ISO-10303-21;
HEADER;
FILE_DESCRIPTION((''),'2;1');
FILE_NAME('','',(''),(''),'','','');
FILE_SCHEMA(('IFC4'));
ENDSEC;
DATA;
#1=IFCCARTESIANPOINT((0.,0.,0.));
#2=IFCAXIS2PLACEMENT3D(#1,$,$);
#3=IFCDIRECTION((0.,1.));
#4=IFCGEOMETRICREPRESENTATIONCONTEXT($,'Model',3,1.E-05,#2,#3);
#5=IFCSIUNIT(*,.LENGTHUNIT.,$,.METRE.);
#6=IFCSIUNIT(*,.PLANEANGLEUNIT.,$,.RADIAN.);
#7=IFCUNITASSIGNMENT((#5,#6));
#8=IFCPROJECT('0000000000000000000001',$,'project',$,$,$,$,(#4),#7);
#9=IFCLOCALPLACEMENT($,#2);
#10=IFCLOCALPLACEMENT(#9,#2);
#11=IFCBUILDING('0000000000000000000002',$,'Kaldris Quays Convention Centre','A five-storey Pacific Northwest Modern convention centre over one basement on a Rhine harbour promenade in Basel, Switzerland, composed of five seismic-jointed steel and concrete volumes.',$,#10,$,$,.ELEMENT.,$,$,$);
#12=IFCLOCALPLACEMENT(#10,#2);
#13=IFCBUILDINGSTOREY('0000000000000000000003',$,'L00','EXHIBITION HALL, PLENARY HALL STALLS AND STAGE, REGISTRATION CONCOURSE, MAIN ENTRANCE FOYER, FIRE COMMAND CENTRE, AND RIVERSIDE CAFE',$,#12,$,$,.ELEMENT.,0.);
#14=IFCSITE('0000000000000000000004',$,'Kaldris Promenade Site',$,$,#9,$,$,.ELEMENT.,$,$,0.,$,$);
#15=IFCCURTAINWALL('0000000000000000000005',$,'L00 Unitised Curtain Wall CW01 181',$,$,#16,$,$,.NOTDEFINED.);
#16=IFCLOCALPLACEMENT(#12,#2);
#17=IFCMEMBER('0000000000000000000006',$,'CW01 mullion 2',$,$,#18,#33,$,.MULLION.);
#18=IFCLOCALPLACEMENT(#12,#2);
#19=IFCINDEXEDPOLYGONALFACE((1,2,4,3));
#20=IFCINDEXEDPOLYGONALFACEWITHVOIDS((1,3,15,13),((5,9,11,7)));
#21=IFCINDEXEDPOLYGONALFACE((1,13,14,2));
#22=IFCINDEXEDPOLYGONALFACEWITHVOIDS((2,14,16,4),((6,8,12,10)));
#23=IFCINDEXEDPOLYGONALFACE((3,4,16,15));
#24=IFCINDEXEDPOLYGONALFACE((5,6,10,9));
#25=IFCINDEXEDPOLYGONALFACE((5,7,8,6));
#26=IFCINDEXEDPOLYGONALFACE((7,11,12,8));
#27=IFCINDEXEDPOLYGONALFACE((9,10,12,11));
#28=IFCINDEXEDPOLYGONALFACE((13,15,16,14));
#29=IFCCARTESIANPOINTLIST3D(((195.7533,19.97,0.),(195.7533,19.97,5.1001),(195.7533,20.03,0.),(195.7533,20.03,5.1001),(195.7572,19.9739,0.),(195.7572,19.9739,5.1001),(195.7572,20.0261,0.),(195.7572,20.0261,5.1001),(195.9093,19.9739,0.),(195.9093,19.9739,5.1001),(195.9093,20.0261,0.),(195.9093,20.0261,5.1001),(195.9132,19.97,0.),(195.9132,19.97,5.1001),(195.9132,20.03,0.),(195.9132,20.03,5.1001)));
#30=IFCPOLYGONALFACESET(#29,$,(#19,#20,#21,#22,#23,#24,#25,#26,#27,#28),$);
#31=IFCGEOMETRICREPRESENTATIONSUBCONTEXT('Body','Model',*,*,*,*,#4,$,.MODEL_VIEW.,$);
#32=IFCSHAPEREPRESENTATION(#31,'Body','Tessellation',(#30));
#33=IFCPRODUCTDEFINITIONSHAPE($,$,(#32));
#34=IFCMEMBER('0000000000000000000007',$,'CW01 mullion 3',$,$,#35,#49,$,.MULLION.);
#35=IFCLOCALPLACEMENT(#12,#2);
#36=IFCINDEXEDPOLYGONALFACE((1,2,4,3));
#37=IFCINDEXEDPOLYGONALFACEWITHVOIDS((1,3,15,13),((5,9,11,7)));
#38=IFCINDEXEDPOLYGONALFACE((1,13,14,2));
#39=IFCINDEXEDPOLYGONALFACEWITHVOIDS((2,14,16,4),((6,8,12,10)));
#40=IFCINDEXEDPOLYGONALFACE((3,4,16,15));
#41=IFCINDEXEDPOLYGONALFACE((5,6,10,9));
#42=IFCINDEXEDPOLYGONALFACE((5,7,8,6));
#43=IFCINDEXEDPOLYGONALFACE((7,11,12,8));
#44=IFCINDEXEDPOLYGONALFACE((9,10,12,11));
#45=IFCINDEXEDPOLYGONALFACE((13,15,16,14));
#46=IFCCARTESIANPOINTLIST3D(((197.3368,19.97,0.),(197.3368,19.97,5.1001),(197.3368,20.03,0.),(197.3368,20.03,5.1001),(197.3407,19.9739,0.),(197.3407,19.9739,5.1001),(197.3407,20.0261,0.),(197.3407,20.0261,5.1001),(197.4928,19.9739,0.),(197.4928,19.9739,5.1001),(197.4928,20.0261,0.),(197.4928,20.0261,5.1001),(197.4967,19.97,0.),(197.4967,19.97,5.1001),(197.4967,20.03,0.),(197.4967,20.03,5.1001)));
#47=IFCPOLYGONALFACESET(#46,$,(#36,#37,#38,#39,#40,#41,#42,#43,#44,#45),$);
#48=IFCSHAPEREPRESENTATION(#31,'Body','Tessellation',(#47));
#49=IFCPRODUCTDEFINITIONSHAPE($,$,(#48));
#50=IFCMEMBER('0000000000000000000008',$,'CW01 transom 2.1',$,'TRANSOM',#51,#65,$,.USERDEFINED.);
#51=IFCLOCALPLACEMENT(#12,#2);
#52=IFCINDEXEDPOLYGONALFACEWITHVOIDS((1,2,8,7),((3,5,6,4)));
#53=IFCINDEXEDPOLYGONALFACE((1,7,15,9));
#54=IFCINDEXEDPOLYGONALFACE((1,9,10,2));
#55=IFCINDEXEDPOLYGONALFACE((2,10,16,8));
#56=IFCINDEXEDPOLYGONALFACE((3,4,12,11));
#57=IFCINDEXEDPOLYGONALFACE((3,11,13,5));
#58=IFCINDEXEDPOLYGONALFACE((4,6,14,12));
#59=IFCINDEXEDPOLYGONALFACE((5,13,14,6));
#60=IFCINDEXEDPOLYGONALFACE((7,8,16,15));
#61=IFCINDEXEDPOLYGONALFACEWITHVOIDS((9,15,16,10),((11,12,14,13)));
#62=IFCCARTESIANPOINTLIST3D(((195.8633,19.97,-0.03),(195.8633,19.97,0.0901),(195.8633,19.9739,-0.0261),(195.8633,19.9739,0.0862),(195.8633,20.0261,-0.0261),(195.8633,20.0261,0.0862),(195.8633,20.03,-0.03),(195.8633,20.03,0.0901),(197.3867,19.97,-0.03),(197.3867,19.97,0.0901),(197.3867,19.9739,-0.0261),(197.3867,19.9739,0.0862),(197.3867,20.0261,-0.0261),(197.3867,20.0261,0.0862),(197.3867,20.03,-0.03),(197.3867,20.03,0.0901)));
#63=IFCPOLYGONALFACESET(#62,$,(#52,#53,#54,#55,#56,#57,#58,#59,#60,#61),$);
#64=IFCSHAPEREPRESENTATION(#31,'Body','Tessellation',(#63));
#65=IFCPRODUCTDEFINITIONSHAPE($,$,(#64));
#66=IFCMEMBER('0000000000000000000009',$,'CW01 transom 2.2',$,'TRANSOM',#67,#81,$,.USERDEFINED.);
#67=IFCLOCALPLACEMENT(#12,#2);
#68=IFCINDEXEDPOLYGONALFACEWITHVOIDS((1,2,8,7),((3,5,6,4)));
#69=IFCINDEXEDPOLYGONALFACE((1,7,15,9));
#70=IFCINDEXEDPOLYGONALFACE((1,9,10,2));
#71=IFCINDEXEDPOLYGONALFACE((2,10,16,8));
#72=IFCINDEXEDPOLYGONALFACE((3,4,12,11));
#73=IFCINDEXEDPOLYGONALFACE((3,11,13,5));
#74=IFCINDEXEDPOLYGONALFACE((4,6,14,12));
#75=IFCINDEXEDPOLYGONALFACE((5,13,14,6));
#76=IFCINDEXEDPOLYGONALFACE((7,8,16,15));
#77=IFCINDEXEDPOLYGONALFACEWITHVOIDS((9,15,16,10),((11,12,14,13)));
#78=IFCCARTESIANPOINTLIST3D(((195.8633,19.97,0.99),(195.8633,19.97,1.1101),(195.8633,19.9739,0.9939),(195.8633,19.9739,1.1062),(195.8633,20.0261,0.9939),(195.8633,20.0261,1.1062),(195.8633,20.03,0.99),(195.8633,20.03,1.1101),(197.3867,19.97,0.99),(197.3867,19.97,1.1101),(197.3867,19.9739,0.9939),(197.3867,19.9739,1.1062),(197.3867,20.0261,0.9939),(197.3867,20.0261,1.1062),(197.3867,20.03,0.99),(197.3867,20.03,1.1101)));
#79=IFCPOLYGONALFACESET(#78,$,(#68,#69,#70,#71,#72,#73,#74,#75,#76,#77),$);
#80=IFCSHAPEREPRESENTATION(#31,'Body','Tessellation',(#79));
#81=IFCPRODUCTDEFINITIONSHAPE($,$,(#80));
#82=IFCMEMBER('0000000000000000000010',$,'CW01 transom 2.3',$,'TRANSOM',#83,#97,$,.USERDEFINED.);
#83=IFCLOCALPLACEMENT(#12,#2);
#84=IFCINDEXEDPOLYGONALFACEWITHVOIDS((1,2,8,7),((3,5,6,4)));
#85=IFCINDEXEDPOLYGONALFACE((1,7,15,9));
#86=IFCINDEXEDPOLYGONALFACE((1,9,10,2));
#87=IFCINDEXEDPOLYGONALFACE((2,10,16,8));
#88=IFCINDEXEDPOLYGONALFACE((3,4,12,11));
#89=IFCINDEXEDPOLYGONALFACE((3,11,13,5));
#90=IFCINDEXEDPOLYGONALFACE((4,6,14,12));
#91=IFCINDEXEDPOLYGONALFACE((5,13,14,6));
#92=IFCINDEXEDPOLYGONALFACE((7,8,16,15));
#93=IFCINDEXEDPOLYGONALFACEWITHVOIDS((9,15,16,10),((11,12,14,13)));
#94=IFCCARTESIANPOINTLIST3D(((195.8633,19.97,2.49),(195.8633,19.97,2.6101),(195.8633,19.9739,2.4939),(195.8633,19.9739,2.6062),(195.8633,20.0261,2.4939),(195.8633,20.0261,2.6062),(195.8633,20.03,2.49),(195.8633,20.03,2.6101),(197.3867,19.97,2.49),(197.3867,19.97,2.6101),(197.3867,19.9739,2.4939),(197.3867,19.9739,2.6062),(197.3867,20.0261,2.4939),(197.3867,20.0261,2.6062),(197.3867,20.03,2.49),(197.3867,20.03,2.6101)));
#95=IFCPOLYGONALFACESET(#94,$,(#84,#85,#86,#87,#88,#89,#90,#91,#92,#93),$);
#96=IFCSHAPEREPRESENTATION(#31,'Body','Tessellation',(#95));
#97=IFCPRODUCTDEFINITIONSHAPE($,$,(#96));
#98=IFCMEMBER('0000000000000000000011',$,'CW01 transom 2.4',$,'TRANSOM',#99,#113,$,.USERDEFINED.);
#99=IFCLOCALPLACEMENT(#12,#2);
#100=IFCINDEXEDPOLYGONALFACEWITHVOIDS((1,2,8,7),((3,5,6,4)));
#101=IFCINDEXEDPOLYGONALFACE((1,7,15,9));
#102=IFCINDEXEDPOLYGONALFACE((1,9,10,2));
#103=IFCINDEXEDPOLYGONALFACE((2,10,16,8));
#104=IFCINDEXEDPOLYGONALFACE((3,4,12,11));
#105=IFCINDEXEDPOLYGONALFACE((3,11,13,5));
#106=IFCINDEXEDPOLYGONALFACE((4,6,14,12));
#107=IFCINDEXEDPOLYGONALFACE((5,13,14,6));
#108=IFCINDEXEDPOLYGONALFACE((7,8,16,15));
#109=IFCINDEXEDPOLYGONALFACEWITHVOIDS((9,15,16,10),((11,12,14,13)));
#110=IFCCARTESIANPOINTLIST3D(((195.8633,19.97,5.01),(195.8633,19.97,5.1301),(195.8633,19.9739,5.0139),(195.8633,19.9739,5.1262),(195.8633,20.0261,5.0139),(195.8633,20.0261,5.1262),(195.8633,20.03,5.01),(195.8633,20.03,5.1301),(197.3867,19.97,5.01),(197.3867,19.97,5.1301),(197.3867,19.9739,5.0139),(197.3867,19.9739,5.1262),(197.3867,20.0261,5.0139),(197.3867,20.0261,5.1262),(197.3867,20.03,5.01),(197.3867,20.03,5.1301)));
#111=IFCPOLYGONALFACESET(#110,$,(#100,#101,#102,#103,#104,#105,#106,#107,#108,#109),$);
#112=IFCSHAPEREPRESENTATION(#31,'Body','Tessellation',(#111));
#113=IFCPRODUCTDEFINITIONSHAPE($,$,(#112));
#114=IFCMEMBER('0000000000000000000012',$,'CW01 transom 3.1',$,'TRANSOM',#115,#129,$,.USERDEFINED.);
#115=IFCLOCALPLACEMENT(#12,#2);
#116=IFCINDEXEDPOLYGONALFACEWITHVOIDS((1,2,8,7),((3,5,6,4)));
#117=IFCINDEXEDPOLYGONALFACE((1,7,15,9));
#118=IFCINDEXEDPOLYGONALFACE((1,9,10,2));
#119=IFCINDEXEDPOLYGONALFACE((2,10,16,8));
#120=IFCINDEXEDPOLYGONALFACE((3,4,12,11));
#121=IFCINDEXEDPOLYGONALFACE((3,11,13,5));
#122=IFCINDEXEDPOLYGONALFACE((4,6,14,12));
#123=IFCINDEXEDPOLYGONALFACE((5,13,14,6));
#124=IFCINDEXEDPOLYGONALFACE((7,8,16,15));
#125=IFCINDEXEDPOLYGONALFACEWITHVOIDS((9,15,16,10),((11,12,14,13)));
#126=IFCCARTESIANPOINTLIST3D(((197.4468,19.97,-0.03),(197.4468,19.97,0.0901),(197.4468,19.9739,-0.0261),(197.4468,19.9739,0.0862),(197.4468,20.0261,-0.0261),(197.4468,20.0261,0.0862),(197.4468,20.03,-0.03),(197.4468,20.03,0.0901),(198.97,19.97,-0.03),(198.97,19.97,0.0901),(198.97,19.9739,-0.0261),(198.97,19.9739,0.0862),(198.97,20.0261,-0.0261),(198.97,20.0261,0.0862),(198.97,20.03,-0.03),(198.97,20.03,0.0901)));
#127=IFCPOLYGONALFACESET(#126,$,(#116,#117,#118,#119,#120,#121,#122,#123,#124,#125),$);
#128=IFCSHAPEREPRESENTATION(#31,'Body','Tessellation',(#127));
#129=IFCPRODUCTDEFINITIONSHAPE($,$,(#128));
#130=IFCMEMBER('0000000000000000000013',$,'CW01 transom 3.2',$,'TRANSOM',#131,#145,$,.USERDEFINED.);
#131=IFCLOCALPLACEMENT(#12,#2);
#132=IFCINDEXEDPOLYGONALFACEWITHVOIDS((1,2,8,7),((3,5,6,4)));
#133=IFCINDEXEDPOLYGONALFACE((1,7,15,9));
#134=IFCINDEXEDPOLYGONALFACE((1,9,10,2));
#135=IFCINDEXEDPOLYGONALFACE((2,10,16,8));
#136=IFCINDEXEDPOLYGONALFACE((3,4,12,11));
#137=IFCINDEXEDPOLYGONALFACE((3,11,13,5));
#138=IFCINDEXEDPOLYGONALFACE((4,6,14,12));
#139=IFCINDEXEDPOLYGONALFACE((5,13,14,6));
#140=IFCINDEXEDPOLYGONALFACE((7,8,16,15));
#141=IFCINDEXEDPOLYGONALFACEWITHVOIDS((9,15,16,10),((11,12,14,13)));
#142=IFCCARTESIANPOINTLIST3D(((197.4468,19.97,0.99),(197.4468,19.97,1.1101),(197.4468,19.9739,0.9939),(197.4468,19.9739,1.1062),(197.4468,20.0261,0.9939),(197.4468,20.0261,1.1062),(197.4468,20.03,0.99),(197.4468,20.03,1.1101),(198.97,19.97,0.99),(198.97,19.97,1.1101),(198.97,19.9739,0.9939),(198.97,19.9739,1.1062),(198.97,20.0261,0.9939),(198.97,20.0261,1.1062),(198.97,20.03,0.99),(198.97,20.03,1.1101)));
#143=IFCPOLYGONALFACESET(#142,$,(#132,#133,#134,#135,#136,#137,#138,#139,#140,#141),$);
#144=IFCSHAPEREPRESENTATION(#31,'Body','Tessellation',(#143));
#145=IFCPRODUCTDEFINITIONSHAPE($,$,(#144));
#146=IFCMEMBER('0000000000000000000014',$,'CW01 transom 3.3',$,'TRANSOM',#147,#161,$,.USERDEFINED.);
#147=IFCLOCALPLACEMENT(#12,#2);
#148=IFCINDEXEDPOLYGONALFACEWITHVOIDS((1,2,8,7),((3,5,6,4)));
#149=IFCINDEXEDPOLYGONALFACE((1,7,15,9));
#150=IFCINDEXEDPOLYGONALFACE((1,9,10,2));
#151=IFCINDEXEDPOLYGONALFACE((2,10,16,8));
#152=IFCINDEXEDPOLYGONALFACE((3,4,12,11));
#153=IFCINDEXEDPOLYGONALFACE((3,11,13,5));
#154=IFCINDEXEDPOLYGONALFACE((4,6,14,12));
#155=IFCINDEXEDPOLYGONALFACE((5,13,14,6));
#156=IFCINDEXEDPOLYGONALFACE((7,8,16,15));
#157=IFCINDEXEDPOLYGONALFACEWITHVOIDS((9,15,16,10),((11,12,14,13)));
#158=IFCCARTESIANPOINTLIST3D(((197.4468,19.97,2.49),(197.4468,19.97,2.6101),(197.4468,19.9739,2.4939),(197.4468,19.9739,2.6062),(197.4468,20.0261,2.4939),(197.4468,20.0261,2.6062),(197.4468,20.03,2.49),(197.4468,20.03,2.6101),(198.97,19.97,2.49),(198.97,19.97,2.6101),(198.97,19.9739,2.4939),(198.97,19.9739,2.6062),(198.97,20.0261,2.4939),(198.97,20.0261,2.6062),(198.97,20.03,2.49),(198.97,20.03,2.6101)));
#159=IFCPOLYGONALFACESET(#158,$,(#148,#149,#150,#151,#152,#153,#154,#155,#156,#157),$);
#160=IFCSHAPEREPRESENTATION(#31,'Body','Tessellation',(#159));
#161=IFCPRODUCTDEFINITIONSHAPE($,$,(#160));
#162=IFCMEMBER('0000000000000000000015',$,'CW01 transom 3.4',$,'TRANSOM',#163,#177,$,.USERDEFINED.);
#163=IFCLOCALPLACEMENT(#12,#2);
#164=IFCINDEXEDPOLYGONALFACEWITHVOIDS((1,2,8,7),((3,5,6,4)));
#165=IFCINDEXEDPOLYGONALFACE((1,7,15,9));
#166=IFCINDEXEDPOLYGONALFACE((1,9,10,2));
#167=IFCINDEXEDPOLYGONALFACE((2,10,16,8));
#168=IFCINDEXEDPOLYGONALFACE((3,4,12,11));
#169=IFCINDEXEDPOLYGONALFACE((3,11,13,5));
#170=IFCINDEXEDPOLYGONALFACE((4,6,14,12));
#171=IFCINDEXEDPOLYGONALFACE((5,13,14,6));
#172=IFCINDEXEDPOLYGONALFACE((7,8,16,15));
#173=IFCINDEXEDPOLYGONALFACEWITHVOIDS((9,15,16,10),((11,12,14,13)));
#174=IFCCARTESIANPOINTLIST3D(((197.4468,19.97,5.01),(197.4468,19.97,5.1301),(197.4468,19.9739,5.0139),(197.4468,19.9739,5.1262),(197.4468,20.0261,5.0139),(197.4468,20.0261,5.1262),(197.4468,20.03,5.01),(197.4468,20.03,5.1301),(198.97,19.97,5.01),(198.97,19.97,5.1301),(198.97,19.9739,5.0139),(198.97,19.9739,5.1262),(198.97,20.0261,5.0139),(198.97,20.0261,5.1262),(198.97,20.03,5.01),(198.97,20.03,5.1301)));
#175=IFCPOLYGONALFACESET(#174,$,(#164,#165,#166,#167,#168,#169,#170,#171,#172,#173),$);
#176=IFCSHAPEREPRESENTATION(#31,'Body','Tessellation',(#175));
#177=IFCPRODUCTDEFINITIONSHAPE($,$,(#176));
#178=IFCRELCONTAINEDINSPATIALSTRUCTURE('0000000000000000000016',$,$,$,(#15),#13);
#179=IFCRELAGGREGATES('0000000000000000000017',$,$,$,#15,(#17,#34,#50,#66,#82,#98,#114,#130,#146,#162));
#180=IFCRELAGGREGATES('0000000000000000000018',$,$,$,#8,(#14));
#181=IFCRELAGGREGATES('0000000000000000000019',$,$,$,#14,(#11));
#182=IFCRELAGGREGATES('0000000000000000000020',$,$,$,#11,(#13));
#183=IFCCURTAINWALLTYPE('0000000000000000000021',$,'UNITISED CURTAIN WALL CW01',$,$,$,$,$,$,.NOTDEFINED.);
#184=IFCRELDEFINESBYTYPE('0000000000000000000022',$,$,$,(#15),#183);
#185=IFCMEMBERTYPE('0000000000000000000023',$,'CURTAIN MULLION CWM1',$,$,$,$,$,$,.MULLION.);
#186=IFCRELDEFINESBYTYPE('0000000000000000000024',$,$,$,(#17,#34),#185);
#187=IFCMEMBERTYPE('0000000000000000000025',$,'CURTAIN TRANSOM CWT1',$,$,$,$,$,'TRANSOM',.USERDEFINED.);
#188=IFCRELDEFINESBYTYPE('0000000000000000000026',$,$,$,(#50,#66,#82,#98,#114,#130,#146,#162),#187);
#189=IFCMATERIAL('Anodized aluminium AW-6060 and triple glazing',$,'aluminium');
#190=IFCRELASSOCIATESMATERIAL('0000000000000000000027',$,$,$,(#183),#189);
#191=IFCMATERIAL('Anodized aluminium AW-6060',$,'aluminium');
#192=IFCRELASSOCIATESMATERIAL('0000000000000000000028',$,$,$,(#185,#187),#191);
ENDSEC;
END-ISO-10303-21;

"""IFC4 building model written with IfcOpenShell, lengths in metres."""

from ifc_helpers import new_model, si_unit, direction, frame, origin, origin_2d, place, context, subcontext, project, spatial, hollow_rectangle, extrude, material, material_profile, profile_set, type_object, element, aggregate, save


model = new_model("IFC4")

# Units and contexts
model_context = context("Model", 3, precision=1e-05, world=origin(), true_north=direction((0.0, 1.0)))
body_context = subcontext(model_context, "Body", "Model", "MODEL_VIEW")
ifc_project = project(units=[si_unit("LENGTHUNIT", "METRE"), si_unit("PLANEANGLEUNIT", "RADIAN")], contexts=[model_context])

# Site, building, storey
site_placement = place(None, origin())
site = spatial("IfcSite", under=ifc_project, at=site_placement, Name="Kaldris Promenade Site", CompositionType="ELEMENT", RefElevation=0.0)
building_placement = place(site_placement, origin())
building = spatial("IfcBuilding", under=site, at=building_placement, Name="Kaldris Quays Convention Centre", Description="A five-storey Pacific Northwest Modern convention centre over one basement on a Rhine harbour promenade in Basel, Switzerland, composed of five seismic-jointed steel and concrete volumes.", CompositionType="ELEMENT")
storey_placement = place(building_placement, origin())
storey = spatial("IfcBuildingStorey", under=building, at=storey_placement, Name="L00", Description="EXHIBITION HALL, PLENARY HALL STALLS AND STAGE, REGISTRATION CONCOURSE, MAIN ENTRANCE FOYER, FIRE COMMAND CENTRE, AND RIVERSIDE CAFE", CompositionType="ELEMENT", Elevation=0.0)

# Curtain wall, members
ifc_material_1 = material(Name="Anodized aluminium AW-6060 and triple glazing", Category="aluminium")
curtain_wall_type = type_object("IfcCurtainWallType", Name="UNITISED CURTAIN WALL CW01", PredefinedType="NOTDEFINED", material=ifc_material_1)
curtain_wall_placement = place(storey_placement, origin())
curtain_wall = element("IfcCurtainWall", 1, at=curtain_wall_placement, inside=storey, type_object=curtain_wall_type, Name="L00 Unitised Curtain Wall CW01 181", PredefinedType="NOTDEFINED")
ifc_material_2 = material(Name="Anodized aluminium AW-6060", Category="aluminium")
ifc_material_profile_1 = material_profile(ifc_material_2, hollow_rectangle(XDim=0.0601, YDim=0.1599, WallThickness=0.0039, at=origin_2d()), Name="RHS 160x60x4")
ifc_profile_set_1 = profile_set([ifc_material_profile_1], Name="Anodized aluminium AW-6060")
member_type_1 = type_object("IfcMemberType", Name="CURTAIN MULLION CWM1", PredefinedType="MULLION", material=ifc_profile_set_1)
member_1_placement = place(storey_placement, frame((195.8333, 20.0, 0.0), z_axis=(0.0, 0.0, 1.0), x_axis=(0.0, 1.0, 0.0)))
member_1 = element("IfcMember", 2, at=member_1_placement, type_object=member_type_1, Name="CW01 mullion 2", PredefinedType="MULLION", context=body_context, shape_type="SweptSolid", body=[
    extrude(hollow_rectangle(XDim=0.0601, YDim=0.1599, WallThickness=0.0039, at=origin_2d()), origin(), (0.0, 0.0, 1.0), 5.1001),
])
member_2_placement = place(storey_placement, frame((197.4167, 20.0, 0.0), z_axis=(0.0, 0.0, 1.0), x_axis=(0.0, 1.0, 0.0)))
member_2 = element("IfcMember", 3, at=member_2_placement, type_object=member_type_1, Name="CW01 mullion 3", PredefinedType="MULLION", context=body_context, shape_type="SweptSolid", body=[
    extrude(hollow_rectangle(XDim=0.0601, YDim=0.1599, WallThickness=0.0039, at=origin_2d()), origin(), (0.0, 0.0, 1.0), 5.1001),
])
ifc_material_profile_2 = material_profile(ifc_material_2, hollow_rectangle(XDim=0.0601, YDim=0.1201, WallThickness=0.0039, at=origin_2d()), Name="RHS 120x60x4")
ifc_profile_set_2 = profile_set([ifc_material_profile_2], Name="Anodized aluminium AW-6060")
member_type_2 = type_object("IfcMemberType", Name="CURTAIN TRANSOM CWT1", ElementType="TRANSOM", PredefinedType="USERDEFINED", material=ifc_profile_set_2)
member_3_placement = place(storey_placement, frame((195.8633, 20.0, 0.03), z_axis=(1.0, 0.0, 0.0), x_axis=(0.0, 1.0, 0.0)))
member_3 = element("IfcMember", 4, at=member_3_placement, type_object=member_type_2, Name="CW01 transom 2.1", ObjectType="TRANSOM", PredefinedType="USERDEFINED", context=body_context, shape_type="SweptSolid", body=[
    extrude(hollow_rectangle(XDim=0.0601, YDim=0.1201, WallThickness=0.0039, at=origin_2d()), origin(), (0.0, 0.0, 1.0), 1.5234),
])
member_4_placement = place(storey_placement, frame((195.8633, 20.0, 1.05), z_axis=(1.0, 0.0, 0.0), x_axis=(0.0, 1.0, 0.0)))
member_4 = element("IfcMember", 5, at=member_4_placement, type_object=member_type_2, Name="CW01 transom 2.2", ObjectType="TRANSOM", PredefinedType="USERDEFINED", context=body_context, shape_type="SweptSolid", body=[
    extrude(hollow_rectangle(XDim=0.0601, YDim=0.1201, WallThickness=0.0039, at=origin_2d()), origin(), (0.0, 0.0, 1.0), 1.5234),
])
member_5_placement = place(storey_placement, frame((195.8633, 20.0, 2.55), z_axis=(1.0, 0.0, 0.0), x_axis=(0.0, 1.0, 0.0)))
member_5 = element("IfcMember", 6, at=member_5_placement, type_object=member_type_2, Name="CW01 transom 2.3", ObjectType="TRANSOM", PredefinedType="USERDEFINED", context=body_context, shape_type="SweptSolid", body=[
    extrude(hollow_rectangle(XDim=0.0601, YDim=0.1201, WallThickness=0.0039, at=origin_2d()), origin(), (0.0, 0.0, 1.0), 1.5234),
])
member_6_placement = place(storey_placement, frame((195.8633, 20.0, 5.0701), z_axis=(1.0, 0.0, 0.0), x_axis=(0.0, 1.0, 0.0)))
member_6 = element("IfcMember", 7, at=member_6_placement, type_object=member_type_2, Name="CW01 transom 2.4", ObjectType="TRANSOM", PredefinedType="USERDEFINED", context=body_context, shape_type="SweptSolid", body=[
    extrude(hollow_rectangle(XDim=0.0601, YDim=0.1201, WallThickness=0.0039, at=origin_2d()), origin(), (0.0, 0.0, 1.0), 1.5234),
])
member_7_placement = place(storey_placement, frame((197.4468, 20.0, 0.03), z_axis=(1.0, 0.0, 0.0), x_axis=(0.0, 1.0, 0.0)))
member_7 = element("IfcMember", 8, at=member_7_placement, type_object=member_type_2, Name="CW01 transom 3.1", ObjectType="TRANSOM", PredefinedType="USERDEFINED", context=body_context, shape_type="SweptSolid", body=[
    extrude(hollow_rectangle(XDim=0.0601, YDim=0.1201, WallThickness=0.0039, at=origin_2d()), origin(), (0.0, 0.0, 1.0), 1.5232),
])
member_8_placement = place(storey_placement, frame((197.4468, 20.0, 1.05), z_axis=(1.0, 0.0, 0.0), x_axis=(0.0, 1.0, 0.0)))
member_8 = element("IfcMember", 9, at=member_8_placement, type_object=member_type_2, Name="CW01 transom 3.2", ObjectType="TRANSOM", PredefinedType="USERDEFINED", context=body_context, shape_type="SweptSolid", body=[
    extrude(hollow_rectangle(XDim=0.0601, YDim=0.1201, WallThickness=0.0039, at=origin_2d()), origin(), (0.0, 0.0, 1.0), 1.5232),
])
member_9_placement = place(storey_placement, frame((197.4468, 20.0, 2.55), z_axis=(1.0, 0.0, 0.0), x_axis=(0.0, 1.0, 0.0)))
member_9 = element("IfcMember", 10, at=member_9_placement, type_object=member_type_2, Name="CW01 transom 3.3", ObjectType="TRANSOM", PredefinedType="USERDEFINED", context=body_context, shape_type="SweptSolid", body=[
    extrude(hollow_rectangle(XDim=0.0601, YDim=0.1201, WallThickness=0.0039, at=origin_2d()), origin(), (0.0, 0.0, 1.0), 1.5232),
])
member_10_placement = place(storey_placement, frame((197.4468, 20.0, 5.0701), z_axis=(1.0, 0.0, 0.0), x_axis=(0.0, 1.0, 0.0)))
member_10 = element("IfcMember", 11, at=member_10_placement, type_object=member_type_2, Name="CW01 transom 3.4", ObjectType="TRANSOM", PredefinedType="USERDEFINED", context=body_context, shape_type="SweptSolid", body=[
    extrude(hollow_rectangle(XDim=0.0601, YDim=0.1201, WallThickness=0.0039, at=origin_2d()), origin(), (0.0, 0.0, 1.0), 1.5232),
])

aggregate(curtain_wall, [member_1, member_2, member_3, member_4, member_5, member_6, member_7, member_8, member_9, member_10])

save(model, "model.ifc")
